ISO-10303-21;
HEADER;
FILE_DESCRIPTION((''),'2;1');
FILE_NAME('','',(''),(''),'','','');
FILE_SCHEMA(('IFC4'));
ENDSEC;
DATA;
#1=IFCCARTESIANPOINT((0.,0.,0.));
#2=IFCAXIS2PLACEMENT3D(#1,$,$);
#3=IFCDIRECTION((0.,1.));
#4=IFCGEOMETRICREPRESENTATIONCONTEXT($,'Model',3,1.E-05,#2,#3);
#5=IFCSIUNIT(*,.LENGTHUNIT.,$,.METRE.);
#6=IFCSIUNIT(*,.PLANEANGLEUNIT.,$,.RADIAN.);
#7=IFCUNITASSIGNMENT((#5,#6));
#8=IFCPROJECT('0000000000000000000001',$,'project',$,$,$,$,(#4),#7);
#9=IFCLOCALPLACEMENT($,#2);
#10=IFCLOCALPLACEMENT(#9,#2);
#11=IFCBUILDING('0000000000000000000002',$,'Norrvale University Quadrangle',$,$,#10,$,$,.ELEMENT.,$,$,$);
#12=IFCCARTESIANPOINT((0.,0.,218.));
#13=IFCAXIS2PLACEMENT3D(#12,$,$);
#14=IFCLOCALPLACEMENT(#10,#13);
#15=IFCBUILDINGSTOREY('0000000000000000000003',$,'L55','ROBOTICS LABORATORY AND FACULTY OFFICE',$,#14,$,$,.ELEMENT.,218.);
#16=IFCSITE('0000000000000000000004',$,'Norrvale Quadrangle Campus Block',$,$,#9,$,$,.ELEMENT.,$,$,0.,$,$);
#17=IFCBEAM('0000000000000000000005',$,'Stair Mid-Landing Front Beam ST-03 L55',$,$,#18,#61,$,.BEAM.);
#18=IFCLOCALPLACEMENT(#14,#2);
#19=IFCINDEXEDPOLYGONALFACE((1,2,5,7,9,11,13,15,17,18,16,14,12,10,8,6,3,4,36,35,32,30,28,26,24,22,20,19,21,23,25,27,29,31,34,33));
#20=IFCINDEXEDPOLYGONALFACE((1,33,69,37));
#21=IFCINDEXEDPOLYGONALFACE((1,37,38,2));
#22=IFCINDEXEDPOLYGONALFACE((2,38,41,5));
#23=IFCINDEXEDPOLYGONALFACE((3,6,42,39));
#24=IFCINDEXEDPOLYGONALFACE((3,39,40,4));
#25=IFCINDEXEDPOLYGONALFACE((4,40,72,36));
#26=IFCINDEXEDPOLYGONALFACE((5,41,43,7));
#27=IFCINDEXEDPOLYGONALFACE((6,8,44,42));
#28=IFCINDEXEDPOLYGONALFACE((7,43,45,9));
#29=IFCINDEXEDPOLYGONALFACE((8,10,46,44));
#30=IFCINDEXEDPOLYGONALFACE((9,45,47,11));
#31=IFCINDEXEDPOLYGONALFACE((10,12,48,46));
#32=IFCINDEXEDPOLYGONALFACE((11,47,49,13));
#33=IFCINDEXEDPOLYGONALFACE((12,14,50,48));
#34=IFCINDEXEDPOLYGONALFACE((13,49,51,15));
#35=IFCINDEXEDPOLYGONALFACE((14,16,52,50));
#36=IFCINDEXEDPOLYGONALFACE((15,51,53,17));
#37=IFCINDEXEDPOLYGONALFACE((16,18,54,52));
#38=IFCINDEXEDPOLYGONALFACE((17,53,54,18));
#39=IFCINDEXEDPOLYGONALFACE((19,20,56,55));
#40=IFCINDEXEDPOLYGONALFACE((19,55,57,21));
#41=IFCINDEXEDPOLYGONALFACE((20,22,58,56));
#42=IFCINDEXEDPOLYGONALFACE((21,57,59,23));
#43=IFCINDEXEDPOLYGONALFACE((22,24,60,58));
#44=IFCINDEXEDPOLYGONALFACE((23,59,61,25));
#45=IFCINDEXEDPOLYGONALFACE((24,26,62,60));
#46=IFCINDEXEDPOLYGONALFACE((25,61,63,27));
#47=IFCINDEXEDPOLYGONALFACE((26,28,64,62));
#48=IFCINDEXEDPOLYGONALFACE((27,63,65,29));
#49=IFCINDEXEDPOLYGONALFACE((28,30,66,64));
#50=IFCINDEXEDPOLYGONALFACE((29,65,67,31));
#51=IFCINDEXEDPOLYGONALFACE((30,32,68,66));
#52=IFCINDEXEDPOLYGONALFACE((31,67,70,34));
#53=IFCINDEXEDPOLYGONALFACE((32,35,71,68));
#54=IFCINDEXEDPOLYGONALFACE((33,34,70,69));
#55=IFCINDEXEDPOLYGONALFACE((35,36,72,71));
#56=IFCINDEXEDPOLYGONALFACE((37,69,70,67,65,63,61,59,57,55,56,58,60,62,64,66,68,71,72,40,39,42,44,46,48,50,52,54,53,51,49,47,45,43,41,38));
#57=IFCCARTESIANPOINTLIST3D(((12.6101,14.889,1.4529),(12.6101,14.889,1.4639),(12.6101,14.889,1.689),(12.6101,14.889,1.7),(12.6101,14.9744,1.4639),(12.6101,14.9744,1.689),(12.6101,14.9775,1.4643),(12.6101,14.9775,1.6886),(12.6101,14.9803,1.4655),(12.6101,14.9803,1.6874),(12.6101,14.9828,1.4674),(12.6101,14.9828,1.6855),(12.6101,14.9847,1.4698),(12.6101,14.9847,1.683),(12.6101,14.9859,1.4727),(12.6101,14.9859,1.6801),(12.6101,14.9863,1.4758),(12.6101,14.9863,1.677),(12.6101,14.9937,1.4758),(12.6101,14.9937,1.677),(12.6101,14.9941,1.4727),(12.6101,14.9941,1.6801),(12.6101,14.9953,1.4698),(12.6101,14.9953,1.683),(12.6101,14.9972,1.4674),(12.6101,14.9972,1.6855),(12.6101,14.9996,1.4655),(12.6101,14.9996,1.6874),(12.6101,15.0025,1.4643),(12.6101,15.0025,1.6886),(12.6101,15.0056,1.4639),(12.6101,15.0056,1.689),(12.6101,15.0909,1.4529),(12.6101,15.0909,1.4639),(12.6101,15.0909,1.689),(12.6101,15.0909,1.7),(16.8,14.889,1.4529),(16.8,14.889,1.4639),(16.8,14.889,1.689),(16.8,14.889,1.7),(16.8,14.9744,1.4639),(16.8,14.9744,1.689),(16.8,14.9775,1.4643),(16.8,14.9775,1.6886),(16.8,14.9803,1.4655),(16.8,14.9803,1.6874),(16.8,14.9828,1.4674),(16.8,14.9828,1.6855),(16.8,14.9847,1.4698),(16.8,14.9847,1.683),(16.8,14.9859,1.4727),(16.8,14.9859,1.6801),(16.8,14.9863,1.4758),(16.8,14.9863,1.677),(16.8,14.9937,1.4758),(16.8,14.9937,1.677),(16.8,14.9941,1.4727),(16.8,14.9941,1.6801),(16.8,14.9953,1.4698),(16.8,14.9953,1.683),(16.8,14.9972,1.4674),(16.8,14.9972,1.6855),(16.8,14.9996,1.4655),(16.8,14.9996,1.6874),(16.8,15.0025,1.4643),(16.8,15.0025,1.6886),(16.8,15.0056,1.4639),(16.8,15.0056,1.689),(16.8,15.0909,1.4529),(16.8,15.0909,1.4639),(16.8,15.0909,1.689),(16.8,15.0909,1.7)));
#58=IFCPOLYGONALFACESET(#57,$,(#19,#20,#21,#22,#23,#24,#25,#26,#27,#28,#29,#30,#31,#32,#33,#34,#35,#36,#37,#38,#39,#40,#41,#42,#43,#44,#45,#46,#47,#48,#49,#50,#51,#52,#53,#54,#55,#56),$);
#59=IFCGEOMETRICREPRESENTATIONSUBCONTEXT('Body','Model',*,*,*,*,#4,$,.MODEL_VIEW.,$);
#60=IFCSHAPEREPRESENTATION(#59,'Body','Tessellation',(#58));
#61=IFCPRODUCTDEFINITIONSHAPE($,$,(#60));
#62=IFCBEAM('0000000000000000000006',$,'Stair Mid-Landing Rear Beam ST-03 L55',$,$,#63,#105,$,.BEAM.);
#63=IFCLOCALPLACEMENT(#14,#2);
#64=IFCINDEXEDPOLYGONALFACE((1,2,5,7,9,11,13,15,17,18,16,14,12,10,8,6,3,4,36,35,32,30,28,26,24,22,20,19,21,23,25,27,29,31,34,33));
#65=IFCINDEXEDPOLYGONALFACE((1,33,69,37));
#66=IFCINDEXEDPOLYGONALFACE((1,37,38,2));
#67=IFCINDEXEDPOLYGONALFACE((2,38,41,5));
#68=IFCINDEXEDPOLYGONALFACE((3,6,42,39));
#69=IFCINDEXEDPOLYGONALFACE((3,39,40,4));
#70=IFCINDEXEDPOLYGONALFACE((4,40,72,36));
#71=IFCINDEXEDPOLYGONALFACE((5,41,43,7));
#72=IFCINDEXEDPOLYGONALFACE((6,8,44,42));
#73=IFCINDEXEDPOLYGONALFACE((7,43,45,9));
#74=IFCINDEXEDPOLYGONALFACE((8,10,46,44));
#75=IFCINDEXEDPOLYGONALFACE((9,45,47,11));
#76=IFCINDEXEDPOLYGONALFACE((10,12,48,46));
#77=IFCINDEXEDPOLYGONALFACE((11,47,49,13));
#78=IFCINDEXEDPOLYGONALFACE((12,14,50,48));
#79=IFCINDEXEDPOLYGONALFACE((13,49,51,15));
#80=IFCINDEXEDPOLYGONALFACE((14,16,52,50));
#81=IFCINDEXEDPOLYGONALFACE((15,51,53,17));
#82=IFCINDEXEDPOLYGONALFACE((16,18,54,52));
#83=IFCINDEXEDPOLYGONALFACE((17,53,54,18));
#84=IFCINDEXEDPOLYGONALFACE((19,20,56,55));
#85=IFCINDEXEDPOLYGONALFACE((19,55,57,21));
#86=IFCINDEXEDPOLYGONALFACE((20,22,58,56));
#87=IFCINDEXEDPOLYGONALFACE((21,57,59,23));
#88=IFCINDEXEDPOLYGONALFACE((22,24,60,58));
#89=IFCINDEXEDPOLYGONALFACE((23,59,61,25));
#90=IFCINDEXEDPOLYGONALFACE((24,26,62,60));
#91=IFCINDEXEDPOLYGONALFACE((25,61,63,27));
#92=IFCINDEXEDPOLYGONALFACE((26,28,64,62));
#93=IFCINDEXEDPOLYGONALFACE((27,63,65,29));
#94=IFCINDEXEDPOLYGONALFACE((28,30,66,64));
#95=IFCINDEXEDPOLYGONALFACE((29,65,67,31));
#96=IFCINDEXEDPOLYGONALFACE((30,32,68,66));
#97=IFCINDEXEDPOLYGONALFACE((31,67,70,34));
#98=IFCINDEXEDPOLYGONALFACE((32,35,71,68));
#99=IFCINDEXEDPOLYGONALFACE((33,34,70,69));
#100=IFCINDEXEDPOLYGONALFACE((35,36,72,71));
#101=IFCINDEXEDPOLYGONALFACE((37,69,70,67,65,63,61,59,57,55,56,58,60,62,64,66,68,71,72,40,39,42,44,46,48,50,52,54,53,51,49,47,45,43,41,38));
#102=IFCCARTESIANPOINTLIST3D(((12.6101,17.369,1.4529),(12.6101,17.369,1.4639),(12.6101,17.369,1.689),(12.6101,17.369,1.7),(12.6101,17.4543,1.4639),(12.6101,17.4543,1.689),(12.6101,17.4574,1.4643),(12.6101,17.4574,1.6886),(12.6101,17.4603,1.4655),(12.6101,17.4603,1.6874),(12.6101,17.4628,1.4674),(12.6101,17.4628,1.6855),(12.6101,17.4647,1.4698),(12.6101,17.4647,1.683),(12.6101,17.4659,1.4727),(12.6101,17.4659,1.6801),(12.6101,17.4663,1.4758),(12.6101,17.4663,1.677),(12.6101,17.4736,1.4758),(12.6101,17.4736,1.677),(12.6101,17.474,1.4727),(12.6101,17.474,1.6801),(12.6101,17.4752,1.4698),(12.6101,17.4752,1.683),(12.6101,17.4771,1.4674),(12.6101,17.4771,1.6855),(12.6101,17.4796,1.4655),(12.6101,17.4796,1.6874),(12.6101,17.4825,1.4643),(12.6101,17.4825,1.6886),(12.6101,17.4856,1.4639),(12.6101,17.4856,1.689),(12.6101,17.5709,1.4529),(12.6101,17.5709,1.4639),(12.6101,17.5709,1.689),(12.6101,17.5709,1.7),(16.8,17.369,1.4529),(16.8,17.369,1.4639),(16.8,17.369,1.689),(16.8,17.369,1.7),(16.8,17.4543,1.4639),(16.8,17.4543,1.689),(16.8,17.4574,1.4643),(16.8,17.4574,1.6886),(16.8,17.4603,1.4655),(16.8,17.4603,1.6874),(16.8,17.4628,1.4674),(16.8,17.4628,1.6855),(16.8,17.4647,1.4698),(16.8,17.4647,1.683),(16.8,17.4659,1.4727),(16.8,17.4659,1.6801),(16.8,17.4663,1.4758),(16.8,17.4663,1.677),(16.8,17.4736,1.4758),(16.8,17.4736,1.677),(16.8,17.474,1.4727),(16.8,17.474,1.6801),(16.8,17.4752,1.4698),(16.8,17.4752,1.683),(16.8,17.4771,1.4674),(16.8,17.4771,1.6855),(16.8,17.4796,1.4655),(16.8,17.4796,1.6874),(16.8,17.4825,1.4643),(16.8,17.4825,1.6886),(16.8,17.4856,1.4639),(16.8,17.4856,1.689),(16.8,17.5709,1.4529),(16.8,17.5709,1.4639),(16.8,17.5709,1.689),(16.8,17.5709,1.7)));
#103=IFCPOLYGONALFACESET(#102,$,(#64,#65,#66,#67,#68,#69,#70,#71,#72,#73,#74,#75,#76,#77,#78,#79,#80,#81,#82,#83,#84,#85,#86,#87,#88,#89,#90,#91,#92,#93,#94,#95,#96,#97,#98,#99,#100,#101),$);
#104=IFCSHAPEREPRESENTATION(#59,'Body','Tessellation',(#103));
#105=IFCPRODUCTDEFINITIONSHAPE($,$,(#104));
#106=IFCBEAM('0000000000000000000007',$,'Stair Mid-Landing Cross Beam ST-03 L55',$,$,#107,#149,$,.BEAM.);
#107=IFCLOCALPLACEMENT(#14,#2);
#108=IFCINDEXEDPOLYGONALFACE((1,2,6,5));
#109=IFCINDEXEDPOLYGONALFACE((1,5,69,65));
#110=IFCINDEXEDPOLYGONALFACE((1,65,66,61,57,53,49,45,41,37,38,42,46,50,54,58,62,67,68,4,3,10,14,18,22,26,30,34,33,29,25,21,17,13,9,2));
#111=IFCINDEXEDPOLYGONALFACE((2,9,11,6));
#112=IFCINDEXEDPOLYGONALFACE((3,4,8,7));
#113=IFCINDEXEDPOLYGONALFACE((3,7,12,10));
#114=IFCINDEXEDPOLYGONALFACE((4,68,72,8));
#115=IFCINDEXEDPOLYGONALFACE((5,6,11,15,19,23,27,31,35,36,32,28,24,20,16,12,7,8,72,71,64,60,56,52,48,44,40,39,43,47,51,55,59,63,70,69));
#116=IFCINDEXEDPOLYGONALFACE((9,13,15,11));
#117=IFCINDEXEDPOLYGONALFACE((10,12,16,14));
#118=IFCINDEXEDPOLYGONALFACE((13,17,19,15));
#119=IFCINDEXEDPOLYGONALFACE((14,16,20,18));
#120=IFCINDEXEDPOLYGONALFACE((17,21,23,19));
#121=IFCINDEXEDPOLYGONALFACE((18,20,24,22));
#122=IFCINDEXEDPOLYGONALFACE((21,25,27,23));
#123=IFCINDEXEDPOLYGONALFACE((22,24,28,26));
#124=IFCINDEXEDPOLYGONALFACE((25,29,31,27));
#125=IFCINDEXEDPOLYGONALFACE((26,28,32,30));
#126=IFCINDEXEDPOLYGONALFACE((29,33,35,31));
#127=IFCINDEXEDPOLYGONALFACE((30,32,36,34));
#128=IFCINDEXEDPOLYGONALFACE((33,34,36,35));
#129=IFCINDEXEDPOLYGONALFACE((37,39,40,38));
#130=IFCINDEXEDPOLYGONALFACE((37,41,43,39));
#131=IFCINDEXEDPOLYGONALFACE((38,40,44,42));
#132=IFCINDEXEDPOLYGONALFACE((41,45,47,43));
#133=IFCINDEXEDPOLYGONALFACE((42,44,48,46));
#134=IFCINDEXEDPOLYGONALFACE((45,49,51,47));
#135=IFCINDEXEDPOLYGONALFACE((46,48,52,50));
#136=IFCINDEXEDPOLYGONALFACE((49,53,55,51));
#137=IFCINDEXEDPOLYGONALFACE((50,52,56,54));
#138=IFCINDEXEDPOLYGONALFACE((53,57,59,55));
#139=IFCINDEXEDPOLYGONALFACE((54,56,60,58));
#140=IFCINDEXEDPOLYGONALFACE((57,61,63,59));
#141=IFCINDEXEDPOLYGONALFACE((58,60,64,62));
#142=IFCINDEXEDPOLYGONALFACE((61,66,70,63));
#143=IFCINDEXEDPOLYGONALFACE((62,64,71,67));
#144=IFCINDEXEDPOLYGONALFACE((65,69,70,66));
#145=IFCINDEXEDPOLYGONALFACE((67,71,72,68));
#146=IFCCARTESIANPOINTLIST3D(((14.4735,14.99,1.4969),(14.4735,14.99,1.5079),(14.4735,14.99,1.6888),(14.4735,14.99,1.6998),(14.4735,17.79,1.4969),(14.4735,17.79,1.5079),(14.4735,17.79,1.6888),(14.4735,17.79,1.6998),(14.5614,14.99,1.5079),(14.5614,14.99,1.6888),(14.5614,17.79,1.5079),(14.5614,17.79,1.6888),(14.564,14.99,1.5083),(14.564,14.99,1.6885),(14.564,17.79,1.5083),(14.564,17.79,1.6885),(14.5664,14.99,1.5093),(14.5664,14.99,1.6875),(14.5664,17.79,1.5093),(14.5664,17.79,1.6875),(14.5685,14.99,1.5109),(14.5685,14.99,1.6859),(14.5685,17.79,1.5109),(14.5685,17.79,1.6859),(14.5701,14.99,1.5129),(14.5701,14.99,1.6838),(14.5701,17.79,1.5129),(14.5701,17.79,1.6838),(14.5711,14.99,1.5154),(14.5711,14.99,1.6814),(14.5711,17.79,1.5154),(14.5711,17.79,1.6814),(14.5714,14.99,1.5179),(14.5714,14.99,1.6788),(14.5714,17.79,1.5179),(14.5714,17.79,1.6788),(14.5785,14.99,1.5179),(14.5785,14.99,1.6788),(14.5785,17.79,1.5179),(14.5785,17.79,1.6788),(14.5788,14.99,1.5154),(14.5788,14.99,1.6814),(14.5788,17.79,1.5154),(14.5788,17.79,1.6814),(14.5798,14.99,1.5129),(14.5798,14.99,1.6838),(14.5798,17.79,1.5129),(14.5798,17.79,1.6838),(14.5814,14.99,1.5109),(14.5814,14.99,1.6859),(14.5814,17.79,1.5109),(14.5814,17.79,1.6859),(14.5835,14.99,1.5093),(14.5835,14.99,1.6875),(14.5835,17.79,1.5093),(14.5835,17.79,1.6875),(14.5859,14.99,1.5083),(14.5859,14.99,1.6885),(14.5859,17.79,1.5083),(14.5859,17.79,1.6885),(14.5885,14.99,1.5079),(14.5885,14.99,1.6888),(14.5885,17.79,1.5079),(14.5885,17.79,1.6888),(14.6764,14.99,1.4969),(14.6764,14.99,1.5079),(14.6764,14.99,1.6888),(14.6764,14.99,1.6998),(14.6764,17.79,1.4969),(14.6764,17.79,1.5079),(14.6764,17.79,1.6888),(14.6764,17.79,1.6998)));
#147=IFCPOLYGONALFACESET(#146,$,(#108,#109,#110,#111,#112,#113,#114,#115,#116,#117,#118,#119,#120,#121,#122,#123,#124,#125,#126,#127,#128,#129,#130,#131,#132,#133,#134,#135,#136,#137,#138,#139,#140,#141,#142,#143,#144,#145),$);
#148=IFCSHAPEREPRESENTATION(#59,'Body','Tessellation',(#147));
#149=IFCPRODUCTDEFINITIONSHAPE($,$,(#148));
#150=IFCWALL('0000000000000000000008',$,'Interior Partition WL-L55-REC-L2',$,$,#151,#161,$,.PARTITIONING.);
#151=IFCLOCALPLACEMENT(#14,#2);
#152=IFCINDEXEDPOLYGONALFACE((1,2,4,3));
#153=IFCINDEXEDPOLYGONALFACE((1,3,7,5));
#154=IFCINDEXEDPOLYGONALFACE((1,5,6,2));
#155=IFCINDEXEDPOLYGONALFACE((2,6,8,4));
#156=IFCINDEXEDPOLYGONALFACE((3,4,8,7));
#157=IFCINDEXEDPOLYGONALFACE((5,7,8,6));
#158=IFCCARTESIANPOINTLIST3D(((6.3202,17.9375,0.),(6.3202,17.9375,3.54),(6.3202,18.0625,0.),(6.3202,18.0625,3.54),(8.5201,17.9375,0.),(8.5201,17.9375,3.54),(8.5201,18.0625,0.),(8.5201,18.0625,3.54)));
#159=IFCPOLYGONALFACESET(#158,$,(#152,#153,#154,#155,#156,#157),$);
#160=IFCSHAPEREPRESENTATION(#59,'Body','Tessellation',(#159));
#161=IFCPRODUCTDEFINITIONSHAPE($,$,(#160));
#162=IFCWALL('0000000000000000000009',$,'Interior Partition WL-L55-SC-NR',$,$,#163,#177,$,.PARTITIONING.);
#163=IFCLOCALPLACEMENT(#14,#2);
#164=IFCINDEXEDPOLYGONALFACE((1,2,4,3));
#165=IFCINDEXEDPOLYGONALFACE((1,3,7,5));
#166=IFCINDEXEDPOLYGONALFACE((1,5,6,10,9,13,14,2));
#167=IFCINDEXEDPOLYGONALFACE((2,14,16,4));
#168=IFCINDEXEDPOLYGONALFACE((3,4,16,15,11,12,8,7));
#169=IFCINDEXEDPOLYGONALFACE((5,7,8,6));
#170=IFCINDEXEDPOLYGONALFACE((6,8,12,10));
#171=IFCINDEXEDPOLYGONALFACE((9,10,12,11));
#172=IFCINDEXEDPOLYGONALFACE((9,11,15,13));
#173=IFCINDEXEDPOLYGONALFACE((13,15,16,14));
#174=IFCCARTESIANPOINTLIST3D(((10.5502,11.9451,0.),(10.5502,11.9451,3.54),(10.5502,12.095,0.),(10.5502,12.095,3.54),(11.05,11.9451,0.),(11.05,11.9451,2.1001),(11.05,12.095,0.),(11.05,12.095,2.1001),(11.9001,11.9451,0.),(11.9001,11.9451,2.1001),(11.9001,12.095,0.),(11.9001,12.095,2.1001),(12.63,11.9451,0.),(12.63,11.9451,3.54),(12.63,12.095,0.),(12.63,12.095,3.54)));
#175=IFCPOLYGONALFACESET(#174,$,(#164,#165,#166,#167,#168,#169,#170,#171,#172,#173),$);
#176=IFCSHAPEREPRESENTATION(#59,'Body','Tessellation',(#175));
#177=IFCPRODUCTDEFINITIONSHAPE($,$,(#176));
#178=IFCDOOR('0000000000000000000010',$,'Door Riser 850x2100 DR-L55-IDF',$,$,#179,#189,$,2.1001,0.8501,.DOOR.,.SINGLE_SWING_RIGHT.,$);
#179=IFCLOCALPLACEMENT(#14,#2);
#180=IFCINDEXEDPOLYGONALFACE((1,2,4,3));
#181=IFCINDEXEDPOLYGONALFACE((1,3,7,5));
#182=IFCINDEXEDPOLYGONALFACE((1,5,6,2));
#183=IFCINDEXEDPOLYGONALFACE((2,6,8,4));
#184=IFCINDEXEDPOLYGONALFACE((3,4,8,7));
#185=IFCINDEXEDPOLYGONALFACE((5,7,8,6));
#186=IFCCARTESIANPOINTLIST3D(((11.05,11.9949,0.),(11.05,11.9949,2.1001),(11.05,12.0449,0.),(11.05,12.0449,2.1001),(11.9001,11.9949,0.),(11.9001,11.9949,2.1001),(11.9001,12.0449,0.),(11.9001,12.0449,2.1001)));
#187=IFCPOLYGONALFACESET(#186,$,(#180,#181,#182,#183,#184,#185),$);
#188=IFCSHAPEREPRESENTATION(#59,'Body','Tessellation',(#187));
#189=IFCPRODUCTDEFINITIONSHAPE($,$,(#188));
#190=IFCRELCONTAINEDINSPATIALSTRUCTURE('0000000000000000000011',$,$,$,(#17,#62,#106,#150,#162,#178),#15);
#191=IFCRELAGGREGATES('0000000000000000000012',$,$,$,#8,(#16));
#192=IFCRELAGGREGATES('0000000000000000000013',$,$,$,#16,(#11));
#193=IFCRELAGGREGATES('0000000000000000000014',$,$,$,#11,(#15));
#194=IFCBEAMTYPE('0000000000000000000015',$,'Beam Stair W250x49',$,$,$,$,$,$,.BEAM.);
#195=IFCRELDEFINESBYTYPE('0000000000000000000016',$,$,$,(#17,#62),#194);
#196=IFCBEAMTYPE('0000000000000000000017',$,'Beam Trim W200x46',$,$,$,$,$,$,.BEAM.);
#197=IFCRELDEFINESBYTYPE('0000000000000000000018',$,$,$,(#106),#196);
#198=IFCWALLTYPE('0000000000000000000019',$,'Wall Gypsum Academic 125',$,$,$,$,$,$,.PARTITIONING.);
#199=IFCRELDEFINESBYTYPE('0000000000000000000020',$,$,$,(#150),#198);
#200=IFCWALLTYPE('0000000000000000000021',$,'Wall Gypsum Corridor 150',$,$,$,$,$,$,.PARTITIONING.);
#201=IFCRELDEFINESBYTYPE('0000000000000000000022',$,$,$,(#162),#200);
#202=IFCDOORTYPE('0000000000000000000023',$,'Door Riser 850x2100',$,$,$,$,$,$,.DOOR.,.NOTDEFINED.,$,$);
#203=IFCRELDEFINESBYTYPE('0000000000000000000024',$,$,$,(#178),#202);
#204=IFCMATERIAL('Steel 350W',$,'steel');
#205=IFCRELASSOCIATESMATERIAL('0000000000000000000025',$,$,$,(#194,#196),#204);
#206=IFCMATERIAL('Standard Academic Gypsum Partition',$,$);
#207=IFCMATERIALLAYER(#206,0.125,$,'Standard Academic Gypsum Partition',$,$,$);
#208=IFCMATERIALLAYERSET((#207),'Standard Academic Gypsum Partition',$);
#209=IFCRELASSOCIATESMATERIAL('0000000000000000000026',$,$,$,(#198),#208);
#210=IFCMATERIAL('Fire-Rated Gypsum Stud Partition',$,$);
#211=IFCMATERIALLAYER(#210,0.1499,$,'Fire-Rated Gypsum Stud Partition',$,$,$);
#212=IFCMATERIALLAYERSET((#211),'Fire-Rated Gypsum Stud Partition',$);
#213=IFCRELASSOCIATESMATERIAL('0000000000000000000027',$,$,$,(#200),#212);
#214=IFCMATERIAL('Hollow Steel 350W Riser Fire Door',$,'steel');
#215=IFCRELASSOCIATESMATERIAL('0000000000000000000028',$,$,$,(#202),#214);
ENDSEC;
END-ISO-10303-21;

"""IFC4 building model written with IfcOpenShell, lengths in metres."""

from ifc_helpers import new_model, si_unit, direction, frame, frame_2d, origin, origin_2d, place, context, subcontext, project, spatial, rectangle, i_section, extrude, material, layer, layer_set, material_profile, profile_set, type_object, element, fill, save


model = new_model("IFC4")

# Units and contexts
model_context = context("Model", 3, precision=1e-05, world=origin(), true_north=direction((0.0, 1.0)))
body_context = subcontext(model_context, "Body", "Model", "MODEL_VIEW")
ifc_project = project(units=[si_unit("LENGTHUNIT", "METRE"), si_unit("PLANEANGLEUNIT", "RADIAN")], contexts=[model_context])

# Site, building, storey
site_placement = place(None, origin())
site = spatial("IfcSite", under=ifc_project, at=site_placement, Name="Norrvale Quadrangle Campus Block", CompositionType="ELEMENT", RefElevation=0.0)
building_placement = place(site_placement, origin())
building = spatial("IfcBuilding", under=site, at=building_placement, Name="Norrvale University Quadrangle", CompositionType="ELEMENT")
storey_placement = place(building_placement, frame((0.0, 0.0, 218.0)))
storey = spatial("IfcBuildingStorey", under=building, at=storey_placement, Name="L55", Description="ROBOTICS LABORATORY AND FACULTY OFFICE", CompositionType="ELEMENT", Elevation=218.0)

# Beams
ifc_material_1 = material(Name="Steel 350W", Category="steel")
ifc_material_profile_1 = material_profile(ifc_material_1, i_section(OverallWidth=0.2019, OverallDepth=0.2471, WebThickness=0.0073, FlangeThickness=0.011, FilletRadius=0.012, at=origin_2d()), Name="Steel 350W")
ifc_profile_set_1 = profile_set([ifc_material_profile_1], Name="Steel 350W")
beam_type_1 = type_object("IfcBeamType", Name="Beam Stair W250x49", PredefinedType="BEAM", material=ifc_profile_set_1)
for number, where, z_axis, x_axis, name in (
    (1, (12.6101, 14.99, 1.5764), (1.0, 0.0, 0.0), (0.0, 1.0, 0.0), "Stair Mid-Landing Front Beam ST-03 L55"),
    (2, (12.6101, 17.47, 1.5764), (1.0, 0.0, 0.0), (0.0, 1.0, 0.0), "Stair Mid-Landing Rear Beam ST-03 L55"),
):
    element("IfcBeam", number, at=place(storey_placement, frame(where, z_axis=z_axis, x_axis=x_axis)), inside=storey, type_object=beam_type_1, Name=name, PredefinedType="BEAM", context=body_context, shape_type="SweptSolid", body=[
        extrude(i_section(OverallWidth=0.2019, OverallDepth=0.2471, WebThickness=0.0073, FlangeThickness=0.011, FilletRadius=0.012, at=origin_2d()), origin(), (0.0, 0.0, 1.0), 4.1899),
    ])
ifc_material_profile_2 = material_profile(ifc_material_1, i_section(OverallWidth=0.2029, OverallDepth=0.2029, WebThickness=0.0071, FlangeThickness=0.011, FilletRadius=0.01, at=origin_2d()), Name="Steel 350W")
ifc_profile_set_2 = profile_set([ifc_material_profile_2], Name="Steel 350W")
beam_type_2 = type_object("IfcBeamType", Name="Beam Trim W200x46", PredefinedType="BEAM", material=ifc_profile_set_2)
beam_placement = place(storey_placement, frame((14.575, 14.99, 1.5984), z_axis=(0.0, 1.0, 0.0), x_axis=(-1.0, 0.0, 0.0)))
element("IfcBeam", 3, at=beam_placement, inside=storey, type_object=beam_type_2, Name="Stair Mid-Landing Cross Beam ST-03 L55", PredefinedType="BEAM", context=body_context, shape_type="SweptSolid", body=[
    extrude(i_section(OverallWidth=0.2029, OverallDepth=0.2029, WebThickness=0.0071, FlangeThickness=0.011, FilletRadius=0.01, at=origin_2d()), origin(), (0.0, 0.0, 1.0), 2.8),
])

# Wall
ifc_material_2 = material(Name="Standard Academic Gypsum Partition")
ifc_layer_1 = layer(ifc_material_2, 0.125, Name="Standard Academic Gypsum Partition")
ifc_layer_set_1 = layer_set([ifc_layer_1], Name="Standard Academic Gypsum Partition")
wall_type_1 = type_object("IfcWallType", Name="Wall Gypsum Academic 125", PredefinedType="PARTITIONING", material=ifc_layer_set_1)
wall_1_placement = place(storey_placement, frame((6.3201, 18.0, 0.0), z_axis=(0.0, 0.0, 1.0), x_axis=(1.0, 0.0, 0.0)))
element("IfcWall", 4, at=wall_1_placement, inside=storey, type_object=wall_type_1, Name="Interior Partition WL-L55-REC-L2", PredefinedType="PARTITIONING", context=body_context, shape_type="SweptSolid", body=[
    extrude(rectangle(XDim=2.2, YDim=0.125, at=frame_2d((1.1001, 0.0))), origin(), (0.0, 0.0, 1.0), 3.54),
])

# Wall, opening, door
ifc_material_3 = material(Name="Fire-Rated Gypsum Stud Partition")
ifc_layer_2 = layer(ifc_material_3, 0.1499, Name="Fire-Rated Gypsum Stud Partition")
ifc_layer_set_2 = layer_set([ifc_layer_2], Name="Fire-Rated Gypsum Stud Partition")
wall_type_2 = type_object("IfcWallType", Name="Wall Gypsum Corridor 150", PredefinedType="PARTITIONING", material=ifc_layer_set_2)
wall_2_placement = place(storey_placement, frame((10.55, 12.02, 0.0), z_axis=(0.0, 0.0, 1.0), x_axis=(1.0, 0.0, 0.0)))
wall_2 = element("IfcWall", 5, at=wall_2_placement, inside=storey, type_object=wall_type_2, Name="Interior Partition WL-L55-SC-NR", PredefinedType="PARTITIONING", context=body_context, shape_type="SweptSolid", body=[
    extrude(rectangle(XDim=2.0798, YDim=0.1499, at=frame_2d((1.04, 0.0))), origin(), (0.0, 0.0, 1.0), 3.54),
])
opening_1_placement = place(wall_2_placement, frame((0.5, 0.0, 0.0)))
opening_1 = element("IfcOpeningElement", 6, at=opening_1_placement, cuts=wall_2, PredefinedType="OPENING", context=body_context, shape_type="SweptSolid", body=[
    extrude(rectangle(XDim=0.8501, YDim=2.1001, at=frame_2d((0.425, 1.05))), frame((0.0, 0.0869, 0.0), z_axis=(0.0, -1.0, 0.0), x_axis=(1.0, 0.0, 0.0)), (0.0, 0.0, 1.0), 0.1738),
])
ifc_material_4 = material(Name="Hollow Steel 350W Riser Fire Door", Category="steel")
door_type_1 = type_object("IfcDoorType", Name="Door Riser 850x2100", OperationType="NOTDEFINED", PredefinedType="DOOR", material=ifc_material_4)
door_1_placement = place(opening_1_placement, origin())
door_1 = element("IfcDoor", 7, at=door_1_placement, inside=storey, type_object=door_type_1, Name="Door Riser 850x2100 DR-L55-IDF", OperationType="SINGLE_SWING_RIGHT", OverallHeight=2.1001, OverallWidth=0.8501, PredefinedType="DOOR", context=body_context, shape_type="SweptSolid", body=[
    extrude(rectangle(XDim=0.8501, YDim=2.1001, at=frame_2d((0.425, 1.05))), frame((0.0, 0.0249, 0.0), z_axis=(0.0, -1.0, 0.0), x_axis=(1.0, 0.0, 0.0)), (0.0, 0.0, 1.0), 0.05),
])
fill(opening_1, door_1)

save(model, "model.ifc")
